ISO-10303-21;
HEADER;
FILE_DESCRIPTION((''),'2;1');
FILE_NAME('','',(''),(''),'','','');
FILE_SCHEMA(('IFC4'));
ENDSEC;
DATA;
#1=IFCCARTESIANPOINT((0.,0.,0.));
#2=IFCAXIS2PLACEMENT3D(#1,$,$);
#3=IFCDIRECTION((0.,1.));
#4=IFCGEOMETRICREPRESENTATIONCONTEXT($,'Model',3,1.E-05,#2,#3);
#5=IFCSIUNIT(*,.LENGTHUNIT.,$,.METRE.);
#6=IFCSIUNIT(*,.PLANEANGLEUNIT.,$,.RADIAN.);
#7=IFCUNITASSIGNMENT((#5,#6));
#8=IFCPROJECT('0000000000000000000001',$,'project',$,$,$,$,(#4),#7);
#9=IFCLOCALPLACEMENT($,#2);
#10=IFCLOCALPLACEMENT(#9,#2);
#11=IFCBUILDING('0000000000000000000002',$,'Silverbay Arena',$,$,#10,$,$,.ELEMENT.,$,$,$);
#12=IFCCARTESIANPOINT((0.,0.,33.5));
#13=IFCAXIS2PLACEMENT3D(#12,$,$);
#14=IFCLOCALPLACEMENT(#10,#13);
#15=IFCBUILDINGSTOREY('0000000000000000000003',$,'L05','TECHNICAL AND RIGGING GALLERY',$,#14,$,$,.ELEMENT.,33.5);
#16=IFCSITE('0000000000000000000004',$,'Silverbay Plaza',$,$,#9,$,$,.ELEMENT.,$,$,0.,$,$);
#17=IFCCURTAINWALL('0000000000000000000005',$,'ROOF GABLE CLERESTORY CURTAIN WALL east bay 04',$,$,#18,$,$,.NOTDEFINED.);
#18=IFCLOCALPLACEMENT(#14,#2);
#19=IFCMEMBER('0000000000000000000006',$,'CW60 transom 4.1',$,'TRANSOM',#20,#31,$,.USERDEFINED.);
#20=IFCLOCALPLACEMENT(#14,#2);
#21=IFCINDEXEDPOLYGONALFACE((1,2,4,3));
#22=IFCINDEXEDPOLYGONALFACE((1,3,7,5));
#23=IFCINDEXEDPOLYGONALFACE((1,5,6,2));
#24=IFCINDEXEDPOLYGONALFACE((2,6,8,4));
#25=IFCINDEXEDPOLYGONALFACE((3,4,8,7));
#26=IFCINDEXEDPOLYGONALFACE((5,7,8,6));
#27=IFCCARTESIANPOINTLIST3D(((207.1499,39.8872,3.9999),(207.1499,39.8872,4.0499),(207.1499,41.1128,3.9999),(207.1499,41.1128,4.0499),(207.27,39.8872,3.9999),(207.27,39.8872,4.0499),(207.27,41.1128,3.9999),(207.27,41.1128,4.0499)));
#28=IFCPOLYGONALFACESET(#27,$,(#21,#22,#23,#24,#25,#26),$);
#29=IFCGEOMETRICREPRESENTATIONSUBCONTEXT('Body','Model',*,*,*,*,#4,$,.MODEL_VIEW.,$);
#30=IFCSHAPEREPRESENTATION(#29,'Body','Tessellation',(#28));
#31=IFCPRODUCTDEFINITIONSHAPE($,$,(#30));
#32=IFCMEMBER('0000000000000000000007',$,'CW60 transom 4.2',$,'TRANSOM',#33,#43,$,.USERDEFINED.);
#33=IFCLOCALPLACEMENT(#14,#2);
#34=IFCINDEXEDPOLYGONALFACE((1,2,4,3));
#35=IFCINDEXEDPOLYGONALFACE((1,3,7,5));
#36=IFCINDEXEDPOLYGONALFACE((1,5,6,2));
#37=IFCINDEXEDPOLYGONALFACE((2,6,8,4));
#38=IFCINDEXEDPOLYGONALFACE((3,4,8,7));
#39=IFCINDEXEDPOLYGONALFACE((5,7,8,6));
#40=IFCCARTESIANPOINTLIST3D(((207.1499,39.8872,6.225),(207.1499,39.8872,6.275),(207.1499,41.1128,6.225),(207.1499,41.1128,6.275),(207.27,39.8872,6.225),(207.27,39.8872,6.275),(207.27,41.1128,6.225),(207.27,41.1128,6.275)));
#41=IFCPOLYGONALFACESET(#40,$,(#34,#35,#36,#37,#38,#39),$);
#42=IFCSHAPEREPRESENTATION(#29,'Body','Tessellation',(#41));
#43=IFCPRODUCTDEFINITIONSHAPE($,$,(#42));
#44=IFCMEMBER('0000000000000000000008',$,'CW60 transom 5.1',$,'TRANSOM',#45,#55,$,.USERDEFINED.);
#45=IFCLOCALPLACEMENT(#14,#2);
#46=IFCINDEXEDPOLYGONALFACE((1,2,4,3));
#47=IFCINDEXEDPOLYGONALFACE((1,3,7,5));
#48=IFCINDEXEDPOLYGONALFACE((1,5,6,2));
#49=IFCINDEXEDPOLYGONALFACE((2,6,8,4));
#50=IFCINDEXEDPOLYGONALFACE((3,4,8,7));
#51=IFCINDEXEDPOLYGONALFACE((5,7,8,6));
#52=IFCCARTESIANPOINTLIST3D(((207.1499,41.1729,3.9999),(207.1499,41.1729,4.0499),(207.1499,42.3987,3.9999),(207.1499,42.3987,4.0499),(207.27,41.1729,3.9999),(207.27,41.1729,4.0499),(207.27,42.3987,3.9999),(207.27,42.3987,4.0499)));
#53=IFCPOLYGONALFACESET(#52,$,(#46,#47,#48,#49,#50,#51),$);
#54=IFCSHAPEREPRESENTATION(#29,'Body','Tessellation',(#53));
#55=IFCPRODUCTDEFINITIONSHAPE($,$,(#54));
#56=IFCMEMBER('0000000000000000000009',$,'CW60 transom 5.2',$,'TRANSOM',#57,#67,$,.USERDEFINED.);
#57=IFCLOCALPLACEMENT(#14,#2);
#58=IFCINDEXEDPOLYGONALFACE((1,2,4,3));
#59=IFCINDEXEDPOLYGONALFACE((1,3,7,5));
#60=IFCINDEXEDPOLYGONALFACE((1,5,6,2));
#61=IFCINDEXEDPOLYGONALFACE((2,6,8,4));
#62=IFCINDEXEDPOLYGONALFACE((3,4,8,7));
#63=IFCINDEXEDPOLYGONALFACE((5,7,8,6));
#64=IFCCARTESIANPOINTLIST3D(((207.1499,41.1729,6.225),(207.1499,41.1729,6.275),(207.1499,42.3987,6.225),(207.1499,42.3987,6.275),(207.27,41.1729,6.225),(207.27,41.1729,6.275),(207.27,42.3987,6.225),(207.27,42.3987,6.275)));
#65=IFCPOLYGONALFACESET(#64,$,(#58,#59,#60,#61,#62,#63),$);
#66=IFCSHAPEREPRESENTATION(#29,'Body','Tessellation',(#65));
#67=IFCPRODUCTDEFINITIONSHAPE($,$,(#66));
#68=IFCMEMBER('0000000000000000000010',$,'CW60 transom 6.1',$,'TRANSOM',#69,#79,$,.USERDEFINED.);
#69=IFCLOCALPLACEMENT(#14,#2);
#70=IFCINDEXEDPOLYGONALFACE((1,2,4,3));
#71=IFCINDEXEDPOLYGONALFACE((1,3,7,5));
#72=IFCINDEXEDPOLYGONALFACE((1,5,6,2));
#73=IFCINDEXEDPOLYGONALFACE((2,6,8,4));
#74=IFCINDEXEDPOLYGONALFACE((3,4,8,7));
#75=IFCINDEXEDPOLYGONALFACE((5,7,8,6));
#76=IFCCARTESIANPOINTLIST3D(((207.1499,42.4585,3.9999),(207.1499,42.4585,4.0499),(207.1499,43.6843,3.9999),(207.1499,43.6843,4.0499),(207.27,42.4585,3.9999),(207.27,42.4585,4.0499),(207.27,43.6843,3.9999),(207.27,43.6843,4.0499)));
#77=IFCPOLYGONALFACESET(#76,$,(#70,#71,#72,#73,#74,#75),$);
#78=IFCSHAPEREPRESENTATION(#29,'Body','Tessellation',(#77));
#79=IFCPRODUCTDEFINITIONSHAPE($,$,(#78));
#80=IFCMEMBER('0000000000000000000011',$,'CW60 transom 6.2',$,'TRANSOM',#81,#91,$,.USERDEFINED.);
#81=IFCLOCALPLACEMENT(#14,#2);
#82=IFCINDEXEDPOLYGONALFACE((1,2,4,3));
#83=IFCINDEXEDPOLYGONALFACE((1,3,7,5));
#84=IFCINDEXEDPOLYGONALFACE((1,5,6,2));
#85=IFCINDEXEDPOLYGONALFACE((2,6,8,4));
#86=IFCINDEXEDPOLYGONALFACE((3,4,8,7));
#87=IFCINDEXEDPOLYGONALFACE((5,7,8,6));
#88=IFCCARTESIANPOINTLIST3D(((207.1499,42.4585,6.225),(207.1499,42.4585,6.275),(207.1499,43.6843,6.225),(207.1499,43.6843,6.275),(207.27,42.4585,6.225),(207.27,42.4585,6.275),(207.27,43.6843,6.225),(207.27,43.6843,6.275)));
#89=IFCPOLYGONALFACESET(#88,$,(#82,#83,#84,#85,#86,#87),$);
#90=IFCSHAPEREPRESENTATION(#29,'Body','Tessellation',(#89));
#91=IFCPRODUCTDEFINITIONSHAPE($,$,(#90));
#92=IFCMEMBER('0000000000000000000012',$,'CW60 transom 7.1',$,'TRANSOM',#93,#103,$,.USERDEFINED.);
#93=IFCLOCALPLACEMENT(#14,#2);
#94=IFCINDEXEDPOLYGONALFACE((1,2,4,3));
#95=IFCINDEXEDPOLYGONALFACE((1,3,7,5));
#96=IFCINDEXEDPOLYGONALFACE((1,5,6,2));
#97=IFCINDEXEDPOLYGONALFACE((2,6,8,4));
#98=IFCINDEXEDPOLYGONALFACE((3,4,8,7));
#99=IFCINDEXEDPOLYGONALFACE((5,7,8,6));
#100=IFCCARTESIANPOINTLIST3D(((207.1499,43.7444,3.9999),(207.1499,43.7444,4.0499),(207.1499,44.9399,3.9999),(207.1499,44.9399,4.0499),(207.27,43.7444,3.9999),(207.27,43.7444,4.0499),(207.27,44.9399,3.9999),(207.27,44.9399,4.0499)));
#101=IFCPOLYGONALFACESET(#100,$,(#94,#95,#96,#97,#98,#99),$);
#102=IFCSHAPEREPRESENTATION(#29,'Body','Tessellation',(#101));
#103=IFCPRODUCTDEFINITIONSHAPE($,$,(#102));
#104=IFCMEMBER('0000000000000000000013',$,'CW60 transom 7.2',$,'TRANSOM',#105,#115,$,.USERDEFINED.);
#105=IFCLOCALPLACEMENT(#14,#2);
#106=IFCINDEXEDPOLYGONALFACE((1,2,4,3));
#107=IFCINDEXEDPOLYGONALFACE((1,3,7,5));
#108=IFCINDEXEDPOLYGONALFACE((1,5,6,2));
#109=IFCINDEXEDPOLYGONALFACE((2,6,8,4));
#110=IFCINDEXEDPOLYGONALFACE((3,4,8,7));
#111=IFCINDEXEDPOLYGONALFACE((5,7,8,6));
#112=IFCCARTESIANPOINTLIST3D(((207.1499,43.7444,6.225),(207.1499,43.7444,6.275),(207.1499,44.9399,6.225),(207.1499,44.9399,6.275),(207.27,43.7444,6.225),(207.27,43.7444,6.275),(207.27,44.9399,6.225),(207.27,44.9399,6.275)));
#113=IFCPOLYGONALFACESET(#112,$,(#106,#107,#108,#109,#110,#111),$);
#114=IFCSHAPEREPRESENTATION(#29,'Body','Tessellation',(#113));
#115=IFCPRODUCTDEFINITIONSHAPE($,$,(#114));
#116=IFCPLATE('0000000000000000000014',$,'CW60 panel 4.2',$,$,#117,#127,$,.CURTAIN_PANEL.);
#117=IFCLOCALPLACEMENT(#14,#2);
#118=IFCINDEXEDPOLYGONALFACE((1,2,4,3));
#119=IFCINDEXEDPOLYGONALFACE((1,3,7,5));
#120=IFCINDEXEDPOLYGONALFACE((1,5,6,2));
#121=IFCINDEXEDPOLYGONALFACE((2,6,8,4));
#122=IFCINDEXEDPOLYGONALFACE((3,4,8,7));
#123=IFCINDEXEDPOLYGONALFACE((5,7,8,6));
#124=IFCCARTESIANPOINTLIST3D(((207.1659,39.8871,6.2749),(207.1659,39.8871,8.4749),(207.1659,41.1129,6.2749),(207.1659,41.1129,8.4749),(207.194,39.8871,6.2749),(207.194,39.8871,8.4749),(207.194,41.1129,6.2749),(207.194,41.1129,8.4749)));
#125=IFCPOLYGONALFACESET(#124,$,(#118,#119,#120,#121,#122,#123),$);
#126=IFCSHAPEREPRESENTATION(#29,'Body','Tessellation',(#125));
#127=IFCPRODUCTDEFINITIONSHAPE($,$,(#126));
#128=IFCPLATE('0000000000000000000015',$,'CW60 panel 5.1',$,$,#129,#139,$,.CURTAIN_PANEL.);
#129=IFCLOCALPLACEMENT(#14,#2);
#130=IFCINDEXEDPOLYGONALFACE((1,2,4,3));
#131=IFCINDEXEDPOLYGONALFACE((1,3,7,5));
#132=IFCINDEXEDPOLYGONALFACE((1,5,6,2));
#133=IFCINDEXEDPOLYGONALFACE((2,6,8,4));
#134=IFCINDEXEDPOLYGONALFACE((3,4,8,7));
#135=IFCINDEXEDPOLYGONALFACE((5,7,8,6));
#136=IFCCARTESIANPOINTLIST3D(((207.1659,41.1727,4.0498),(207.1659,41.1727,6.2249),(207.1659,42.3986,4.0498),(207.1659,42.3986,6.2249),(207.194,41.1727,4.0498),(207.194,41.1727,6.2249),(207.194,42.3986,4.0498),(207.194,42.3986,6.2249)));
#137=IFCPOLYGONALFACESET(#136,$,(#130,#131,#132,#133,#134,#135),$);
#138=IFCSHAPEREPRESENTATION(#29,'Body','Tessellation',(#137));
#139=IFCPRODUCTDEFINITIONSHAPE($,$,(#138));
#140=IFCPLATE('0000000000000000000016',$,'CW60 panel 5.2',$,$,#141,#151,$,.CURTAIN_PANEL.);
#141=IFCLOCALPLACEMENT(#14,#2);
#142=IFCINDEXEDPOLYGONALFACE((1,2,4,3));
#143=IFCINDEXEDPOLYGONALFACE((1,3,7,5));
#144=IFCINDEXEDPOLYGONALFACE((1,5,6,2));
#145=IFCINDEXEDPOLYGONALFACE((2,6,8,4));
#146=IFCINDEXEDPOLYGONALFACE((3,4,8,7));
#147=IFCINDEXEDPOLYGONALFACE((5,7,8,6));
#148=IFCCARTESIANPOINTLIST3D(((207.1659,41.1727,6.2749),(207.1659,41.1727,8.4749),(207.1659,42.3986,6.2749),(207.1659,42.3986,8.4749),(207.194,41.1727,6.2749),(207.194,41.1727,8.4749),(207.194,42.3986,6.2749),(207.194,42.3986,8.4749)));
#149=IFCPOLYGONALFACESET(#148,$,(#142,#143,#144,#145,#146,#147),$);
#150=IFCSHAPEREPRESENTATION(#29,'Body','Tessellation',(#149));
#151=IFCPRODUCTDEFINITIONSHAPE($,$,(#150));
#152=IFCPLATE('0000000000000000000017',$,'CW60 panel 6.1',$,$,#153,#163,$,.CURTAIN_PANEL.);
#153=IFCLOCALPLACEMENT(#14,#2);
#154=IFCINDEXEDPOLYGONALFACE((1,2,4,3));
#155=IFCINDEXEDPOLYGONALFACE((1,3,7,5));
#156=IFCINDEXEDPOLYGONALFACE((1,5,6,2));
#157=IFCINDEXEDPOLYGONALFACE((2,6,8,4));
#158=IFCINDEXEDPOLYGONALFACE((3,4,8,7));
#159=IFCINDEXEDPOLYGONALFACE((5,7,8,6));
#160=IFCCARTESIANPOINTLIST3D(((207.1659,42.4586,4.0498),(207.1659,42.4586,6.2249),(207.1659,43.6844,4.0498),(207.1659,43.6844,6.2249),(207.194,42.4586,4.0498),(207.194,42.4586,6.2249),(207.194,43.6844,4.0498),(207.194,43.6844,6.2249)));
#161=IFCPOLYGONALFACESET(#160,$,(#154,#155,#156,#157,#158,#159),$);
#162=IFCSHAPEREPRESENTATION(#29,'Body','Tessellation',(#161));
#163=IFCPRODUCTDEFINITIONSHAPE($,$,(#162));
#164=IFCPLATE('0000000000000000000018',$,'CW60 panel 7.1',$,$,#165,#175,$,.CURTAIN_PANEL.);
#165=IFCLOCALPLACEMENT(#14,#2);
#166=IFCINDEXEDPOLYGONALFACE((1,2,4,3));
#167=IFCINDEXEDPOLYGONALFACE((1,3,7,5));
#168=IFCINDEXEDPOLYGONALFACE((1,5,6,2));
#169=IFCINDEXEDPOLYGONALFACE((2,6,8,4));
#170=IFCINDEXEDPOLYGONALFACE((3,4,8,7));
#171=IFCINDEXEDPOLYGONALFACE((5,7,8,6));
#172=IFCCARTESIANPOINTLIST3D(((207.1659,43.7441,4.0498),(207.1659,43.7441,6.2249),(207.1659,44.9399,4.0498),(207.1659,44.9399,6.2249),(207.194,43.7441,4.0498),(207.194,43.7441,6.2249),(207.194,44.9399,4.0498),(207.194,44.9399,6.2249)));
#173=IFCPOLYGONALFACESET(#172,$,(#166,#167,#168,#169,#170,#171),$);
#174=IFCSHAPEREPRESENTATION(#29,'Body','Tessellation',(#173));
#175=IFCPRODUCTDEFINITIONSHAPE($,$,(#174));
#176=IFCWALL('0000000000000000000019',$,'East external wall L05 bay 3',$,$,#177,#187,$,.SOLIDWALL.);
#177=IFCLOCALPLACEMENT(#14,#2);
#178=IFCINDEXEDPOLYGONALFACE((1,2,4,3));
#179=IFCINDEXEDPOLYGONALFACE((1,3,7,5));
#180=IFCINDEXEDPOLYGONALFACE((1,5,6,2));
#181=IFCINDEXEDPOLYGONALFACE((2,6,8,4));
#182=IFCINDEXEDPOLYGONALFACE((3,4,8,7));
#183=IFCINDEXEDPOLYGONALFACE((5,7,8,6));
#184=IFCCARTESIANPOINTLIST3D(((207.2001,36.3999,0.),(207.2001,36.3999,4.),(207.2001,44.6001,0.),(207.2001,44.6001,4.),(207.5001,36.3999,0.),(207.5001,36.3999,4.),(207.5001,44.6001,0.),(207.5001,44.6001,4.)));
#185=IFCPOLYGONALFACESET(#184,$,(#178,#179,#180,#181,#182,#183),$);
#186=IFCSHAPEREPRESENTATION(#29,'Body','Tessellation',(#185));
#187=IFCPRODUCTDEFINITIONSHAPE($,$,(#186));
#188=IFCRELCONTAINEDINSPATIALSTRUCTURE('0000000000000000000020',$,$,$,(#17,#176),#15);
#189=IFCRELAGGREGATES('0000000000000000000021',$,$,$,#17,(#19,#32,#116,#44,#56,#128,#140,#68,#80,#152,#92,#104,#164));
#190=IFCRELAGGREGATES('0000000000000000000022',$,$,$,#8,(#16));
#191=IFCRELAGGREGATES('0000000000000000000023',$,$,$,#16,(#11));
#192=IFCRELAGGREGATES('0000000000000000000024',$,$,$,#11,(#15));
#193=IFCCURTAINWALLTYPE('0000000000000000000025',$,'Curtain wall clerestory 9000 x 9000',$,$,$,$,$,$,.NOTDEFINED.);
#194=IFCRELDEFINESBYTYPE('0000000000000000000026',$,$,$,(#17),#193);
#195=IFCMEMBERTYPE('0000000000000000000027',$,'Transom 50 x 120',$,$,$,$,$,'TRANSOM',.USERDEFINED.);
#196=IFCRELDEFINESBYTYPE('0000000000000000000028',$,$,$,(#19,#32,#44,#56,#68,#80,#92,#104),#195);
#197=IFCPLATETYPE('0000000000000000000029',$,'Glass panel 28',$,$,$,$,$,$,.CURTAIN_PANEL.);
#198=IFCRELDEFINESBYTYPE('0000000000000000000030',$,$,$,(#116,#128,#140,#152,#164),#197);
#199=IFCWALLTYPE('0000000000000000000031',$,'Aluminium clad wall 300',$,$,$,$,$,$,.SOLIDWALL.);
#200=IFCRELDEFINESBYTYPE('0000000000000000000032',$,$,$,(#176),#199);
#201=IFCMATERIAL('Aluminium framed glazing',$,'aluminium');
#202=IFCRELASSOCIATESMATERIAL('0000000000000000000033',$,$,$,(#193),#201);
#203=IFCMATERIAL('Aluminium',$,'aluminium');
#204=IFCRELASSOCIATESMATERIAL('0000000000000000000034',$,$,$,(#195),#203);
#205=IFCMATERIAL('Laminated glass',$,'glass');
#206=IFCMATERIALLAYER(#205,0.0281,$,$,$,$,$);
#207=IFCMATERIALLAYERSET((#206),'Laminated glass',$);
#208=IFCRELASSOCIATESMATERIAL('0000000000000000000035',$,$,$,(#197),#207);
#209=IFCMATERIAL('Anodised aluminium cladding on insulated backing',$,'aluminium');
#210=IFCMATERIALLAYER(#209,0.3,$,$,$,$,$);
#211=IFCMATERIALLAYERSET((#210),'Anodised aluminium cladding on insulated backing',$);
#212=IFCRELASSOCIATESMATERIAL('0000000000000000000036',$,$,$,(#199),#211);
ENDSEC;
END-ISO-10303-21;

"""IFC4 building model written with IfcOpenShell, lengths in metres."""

from ifc_helpers import new_model, si_unit, direction, frame, frame_2d, origin, origin_2d, place, context, subcontext, project, spatial, rectangle, extrude, material, layer, layer_set, material_profile, profile_set, type_object, element, aggregate, save


model = new_model("IFC4")

# Units and contexts
model_context = context("Model", 3, precision=1e-05, world=origin(), true_north=direction((0.0, 1.0)))
body_context = subcontext(model_context, "Body", "Model", "MODEL_VIEW")
ifc_project = project(units=[si_unit("LENGTHUNIT", "METRE"), si_unit("PLANEANGLEUNIT", "RADIAN")], contexts=[model_context])

# Site, building, storey
site_placement = place(None, origin())
site = spatial("IfcSite", under=ifc_project, at=site_placement, Name="Silverbay Plaza", CompositionType="ELEMENT", RefElevation=0.0)
building_placement = place(site_placement, origin())
building = spatial("IfcBuilding", under=site, at=building_placement, Name="Silverbay Arena", CompositionType="ELEMENT")
storey_placement = place(building_placement, frame((0.0, 0.0, 33.5)))
storey = spatial("IfcBuildingStorey", under=building, at=storey_placement, Name="L05", Description="TECHNICAL AND RIGGING GALLERY", CompositionType="ELEMENT", Elevation=33.5)

# Curtain wall, members, plates
ifc_material_1 = material(Name="Aluminium framed glazing", Category="aluminium")
curtain_wall_type_1 = type_object("IfcCurtainWallType", Name="Curtain wall clerestory 9000 x 9000", PredefinedType="NOTDEFINED", material=ifc_material_1)
curtain_wall_1_placement = place(storey_placement, origin())
curtain_wall_1 = element("IfcCurtainWall", 1, at=curtain_wall_1_placement, inside=storey, type_object=curtain_wall_type_1, Name="ROOF GABLE CLERESTORY CURTAIN WALL east bay 04", PredefinedType="NOTDEFINED")
ifc_material_2 = material(Name="Aluminium", Category="aluminium")
ifc_material_profile_1 = material_profile(ifc_material_2, rectangle(XDim=0.1201, YDim=0.05, at=origin_2d()), Name="Transom 50 x 120")
ifc_profile_set_1 = profile_set([ifc_material_profile_1], Name="Aluminium")
member_type_1 = type_object("IfcMemberType", Name="Transom 50 x 120", ElementType="TRANSOM", PredefinedType="USERDEFINED", material=ifc_profile_set_1)
member_1_placement = place(storey_placement, frame((207.21, 39.8872, 4.0249), z_axis=(0.0, 1.0, 0.0), x_axis=(-1.0, 0.0, 0.0)))
member_1 = element("IfcMember", 2, at=member_1_placement, type_object=member_type_1, Name="CW60 transom 4.1", ObjectType="TRANSOM", PredefinedType="USERDEFINED", context=body_context, shape_type="SweptSolid", body=[
    extrude(rectangle(XDim=0.1201, YDim=0.05, at=origin_2d()), origin(), (0.0, 0.0, 1.0), 1.2256),
])
member_2_placement = place(storey_placement, frame((207.21, 39.8872, 6.25), z_axis=(0.0, 1.0, 0.0), x_axis=(-1.0, 0.0, 0.0)))
member_2 = element("IfcMember", 3, at=member_2_placement, type_object=member_type_1, Name="CW60 transom 4.2", ObjectType="TRANSOM", PredefinedType="USERDEFINED", context=body_context, shape_type="SweptSolid", body=[
    extrude(rectangle(XDim=0.1201, YDim=0.05, at=origin_2d()), origin(), (0.0, 0.0, 1.0), 1.2256),
])
member_3_placement = place(storey_placement, frame((207.21, 41.1729, 4.0249), z_axis=(0.0, 1.0, 0.0), x_axis=(-1.0, 0.0, 0.0)))
member_3 = element("IfcMember", 4, at=member_3_placement, type_object=member_type_1, Name="CW60 transom 5.1", ObjectType="TRANSOM", PredefinedType="USERDEFINED", context=body_context, shape_type="SweptSolid", body=[
    extrude(rectangle(XDim=0.1201, YDim=0.05, at=origin_2d()), origin(), (0.0, 0.0, 1.0), 1.2258),
])
member_4_placement = place(storey_placement, frame((207.21, 41.1729, 6.25), z_axis=(0.0, 1.0, 0.0), x_axis=(-1.0, 0.0, 0.0)))
member_4 = element("IfcMember", 5, at=member_4_placement, type_object=member_type_1, Name="CW60 transom 5.2", ObjectType="TRANSOM", PredefinedType="USERDEFINED", context=body_context, shape_type="SweptSolid", body=[
    extrude(rectangle(XDim=0.1201, YDim=0.05, at=origin_2d()), origin(), (0.0, 0.0, 1.0), 1.2258),
])
member_5_placement = place(storey_placement, frame((207.21, 42.4585, 4.0249), z_axis=(0.0, 1.0, 0.0), x_axis=(-1.0, 0.0, 0.0)))
member_5 = element("IfcMember", 6, at=member_5_placement, type_object=member_type_1, Name="CW60 transom 6.1", ObjectType="TRANSOM", PredefinedType="USERDEFINED", context=body_context, shape_type="SweptSolid", body=[
    extrude(rectangle(XDim=0.1201, YDim=0.05, at=origin_2d()), origin(), (0.0, 0.0, 1.0), 1.2258),
])
member_6_placement = place(storey_placement, frame((207.21, 42.4585, 6.25), z_axis=(0.0, 1.0, 0.0), x_axis=(-1.0, 0.0, 0.0)))
member_6 = element("IfcMember", 7, at=member_6_placement, type_object=member_type_1, Name="CW60 transom 6.2", ObjectType="TRANSOM", PredefinedType="USERDEFINED", context=body_context, shape_type="SweptSolid", body=[
    extrude(rectangle(XDim=0.1201, YDim=0.05, at=origin_2d()), origin(), (0.0, 0.0, 1.0), 1.2258),
])
member_7_placement = place(storey_placement, frame((207.21, 43.7444, 4.0249), z_axis=(0.0, 1.0, 0.0), x_axis=(-1.0, 0.0, 0.0)))
member_7 = element("IfcMember", 8, at=member_7_placement, type_object=member_type_1, Name="CW60 transom 7.1", ObjectType="TRANSOM", PredefinedType="USERDEFINED", context=body_context, shape_type="SweptSolid", body=[
    extrude(rectangle(XDim=0.1201, YDim=0.05, at=origin_2d()), origin(), (0.0, 0.0, 1.0), 1.1956),
])
member_8_placement = place(storey_placement, frame((207.21, 43.7444, 6.25), z_axis=(0.0, 1.0, 0.0), x_axis=(-1.0, 0.0, 0.0)))
member_8 = element("IfcMember", 9, at=member_8_placement, type_object=member_type_1, Name="CW60 transom 7.2", ObjectType="TRANSOM", PredefinedType="USERDEFINED", context=body_context, shape_type="SweptSolid", body=[
    extrude(rectangle(XDim=0.1201, YDim=0.05, at=origin_2d()), origin(), (0.0, 0.0, 1.0), 1.1956),
])
ifc_material_3 = material(Name="Laminated glass", Category="glass")
ifc_layer_1 = layer(ifc_material_3, 0.0281)
ifc_layer_set_1 = layer_set([ifc_layer_1], Name="Laminated glass")
plate_type = type_object("IfcPlateType", Name="Glass panel 28", PredefinedType="CURTAIN_PANEL", material=ifc_layer_set_1)
plate_1_placement = place(storey_placement, frame((207.1799, 40.5, 6.2749), z_axis=(0.0, 0.0, 1.0), x_axis=(0.0, 1.0, 0.0)))
plate_1 = element("IfcPlate", 10, at=plate_1_placement, type_object=plate_type, Name="CW60 panel 4.2", PredefinedType="CURTAIN_PANEL", context=body_context, shape_type="SweptSolid", body=[
    extrude(rectangle(XDim=1.2258, YDim=0.0281, at=origin_2d()), origin(), (0.0, 0.0, 1.0), 2.2),
])
plate_2_placement = place(storey_placement, frame((207.1799, 41.7856, 4.0498), z_axis=(0.0, 0.0, 1.0), x_axis=(0.0, 1.0, 0.0)))
plate_2 = element("IfcPlate", 11, at=plate_2_placement, type_object=plate_type, Name="CW60 panel 5.1", PredefinedType="CURTAIN_PANEL", context=body_context, shape_type="SweptSolid", body=[
    extrude(rectangle(XDim=1.2258, YDim=0.0281, at=origin_2d()), origin(), (0.0, 0.0, 1.0), 2.175),
])
plate_3_placement = place(storey_placement, frame((207.1799, 41.7856, 6.2749), z_axis=(0.0, 0.0, 1.0), x_axis=(0.0, 1.0, 0.0)))
plate_3 = element("IfcPlate", 12, at=plate_3_placement, type_object=plate_type, Name="CW60 panel 5.2", PredefinedType="CURTAIN_PANEL", context=body_context, shape_type="SweptSolid", body=[
    extrude(rectangle(XDim=1.2258, YDim=0.0281, at=origin_2d()), origin(), (0.0, 0.0, 1.0), 2.2),
])
plate_4_placement = place(storey_placement, frame((207.1799, 43.0715, 4.0498), z_axis=(0.0, 0.0, 1.0), x_axis=(0.0, 1.0, 0.0)))
plate_4 = element("IfcPlate", 13, at=plate_4_placement, type_object=plate_type, Name="CW60 panel 6.1", PredefinedType="CURTAIN_PANEL", context=body_context, shape_type="SweptSolid", body=[
    extrude(rectangle(XDim=1.2258, YDim=0.0281, at=origin_2d()), origin(), (0.0, 0.0, 1.0), 2.175),
])
plate_5_placement = place(storey_placement, frame((207.1799, 44.342, 4.0498), z_axis=(0.0, 0.0, 1.0), x_axis=(0.0, 1.0, 0.0)))
plate_5 = element("IfcPlate", 14, at=plate_5_placement, type_object=plate_type, Name="CW60 panel 7.1", PredefinedType="CURTAIN_PANEL", context=body_context, shape_type="SweptSolid", body=[
    extrude(rectangle(XDim=1.1958, YDim=0.0281, at=origin_2d()), origin(), (0.0, 0.0, 1.0), 2.175),
])
aggregate(curtain_wall_1, [member_1, member_2, plate_1, member_3, member_4, plate_2, plate_3, member_5, member_6, plate_4, member_7, member_8, plate_5])

# Wall
ifc_material_4 = material(Name="Anodised aluminium cladding on insulated backing", Category="aluminium")
ifc_layer_2 = layer(ifc_material_4, 0.3)
ifc_layer_set_2 = layer_set([ifc_layer_2], Name="Anodised aluminium cladding on insulated backing")
wall_type = type_object("IfcWallType", Name="Aluminium clad wall 300", PredefinedType="SOLIDWALL", material=ifc_layer_set_2)
wall_placement = place(storey_placement, frame((207.3501, 36.3999, 0.0), z_axis=(0.0, 0.0, 1.0), x_axis=(0.0, 1.0, 0.0)))
element("IfcWall", 15, at=wall_placement, inside=storey, type_object=wall_type, Name="East external wall L05 bay 3", PredefinedType="SOLIDWALL", context=body_context, shape_type="SweptSolid", body=[
    extrude(rectangle(XDim=8.2002, YDim=0.3, at=frame_2d((4.1001, 0.0))), origin(), (0.0, 0.0, 1.0), 4.0),
])

save(model, "model.ifc")
